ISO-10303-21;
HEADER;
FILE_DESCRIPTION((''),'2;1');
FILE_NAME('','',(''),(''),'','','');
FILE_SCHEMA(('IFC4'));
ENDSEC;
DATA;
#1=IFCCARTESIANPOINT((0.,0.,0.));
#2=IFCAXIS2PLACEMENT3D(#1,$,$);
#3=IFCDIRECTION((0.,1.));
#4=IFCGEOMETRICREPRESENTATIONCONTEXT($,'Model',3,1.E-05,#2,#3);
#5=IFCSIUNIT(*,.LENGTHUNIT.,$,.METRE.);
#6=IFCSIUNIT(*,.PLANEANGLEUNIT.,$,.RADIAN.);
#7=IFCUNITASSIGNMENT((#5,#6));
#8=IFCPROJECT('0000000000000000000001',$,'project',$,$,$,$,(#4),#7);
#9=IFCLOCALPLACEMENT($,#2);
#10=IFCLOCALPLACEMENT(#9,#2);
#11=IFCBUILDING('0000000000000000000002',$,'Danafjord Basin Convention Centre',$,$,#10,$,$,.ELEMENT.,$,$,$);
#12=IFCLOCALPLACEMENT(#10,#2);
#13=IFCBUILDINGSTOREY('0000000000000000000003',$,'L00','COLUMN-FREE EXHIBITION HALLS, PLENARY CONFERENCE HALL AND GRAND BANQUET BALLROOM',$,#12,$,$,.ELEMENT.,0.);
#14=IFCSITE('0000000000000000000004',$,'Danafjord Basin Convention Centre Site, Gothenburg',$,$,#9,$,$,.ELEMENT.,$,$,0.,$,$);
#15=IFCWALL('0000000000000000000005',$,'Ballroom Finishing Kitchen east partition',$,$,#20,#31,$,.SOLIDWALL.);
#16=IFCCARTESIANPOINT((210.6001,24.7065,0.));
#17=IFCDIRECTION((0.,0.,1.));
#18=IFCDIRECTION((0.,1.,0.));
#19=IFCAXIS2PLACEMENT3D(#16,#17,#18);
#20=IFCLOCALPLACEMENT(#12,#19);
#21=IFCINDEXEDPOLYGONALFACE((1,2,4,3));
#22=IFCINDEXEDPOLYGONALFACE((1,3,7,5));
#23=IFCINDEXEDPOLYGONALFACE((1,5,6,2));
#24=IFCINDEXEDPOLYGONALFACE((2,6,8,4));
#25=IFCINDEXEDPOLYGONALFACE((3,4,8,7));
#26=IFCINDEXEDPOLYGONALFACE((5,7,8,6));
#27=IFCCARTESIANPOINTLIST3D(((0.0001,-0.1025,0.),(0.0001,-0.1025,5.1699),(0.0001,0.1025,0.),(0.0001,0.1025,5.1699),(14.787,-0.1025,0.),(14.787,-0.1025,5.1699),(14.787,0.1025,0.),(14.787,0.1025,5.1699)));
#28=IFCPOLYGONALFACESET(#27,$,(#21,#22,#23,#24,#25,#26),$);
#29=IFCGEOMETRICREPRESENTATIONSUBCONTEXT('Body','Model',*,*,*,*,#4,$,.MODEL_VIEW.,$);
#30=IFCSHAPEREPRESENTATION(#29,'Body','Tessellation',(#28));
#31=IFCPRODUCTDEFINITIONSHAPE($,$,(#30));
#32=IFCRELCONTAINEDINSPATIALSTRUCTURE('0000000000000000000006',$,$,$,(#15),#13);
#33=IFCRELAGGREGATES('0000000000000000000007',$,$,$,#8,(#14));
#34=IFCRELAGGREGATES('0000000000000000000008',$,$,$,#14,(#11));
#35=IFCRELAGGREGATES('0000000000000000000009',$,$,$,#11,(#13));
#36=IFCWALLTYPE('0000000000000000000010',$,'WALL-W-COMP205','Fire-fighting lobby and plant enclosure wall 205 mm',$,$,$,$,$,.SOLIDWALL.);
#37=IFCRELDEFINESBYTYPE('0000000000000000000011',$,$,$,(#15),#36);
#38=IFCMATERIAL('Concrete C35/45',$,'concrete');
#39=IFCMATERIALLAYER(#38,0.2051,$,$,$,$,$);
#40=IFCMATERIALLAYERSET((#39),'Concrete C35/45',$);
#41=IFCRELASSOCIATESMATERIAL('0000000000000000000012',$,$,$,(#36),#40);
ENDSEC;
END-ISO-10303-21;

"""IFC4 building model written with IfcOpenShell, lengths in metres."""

from ifc_helpers import new_model, si_unit, direction, frame, frame_2d, origin, place, context, subcontext, project, spatial, rectangle, extrude, material, layer, layer_set, type_object, element, save


model = new_model("IFC4")

# Units and contexts
model_context = context("Model", 3, precision=1e-05, world=origin(), true_north=direction((0.0, 1.0)))
body_context = subcontext(model_context, "Body", "Model", "MODEL_VIEW")
ifc_project = project(units=[si_unit("LENGTHUNIT", "METRE"), si_unit("PLANEANGLEUNIT", "RADIAN")], contexts=[model_context])

# Site, building, storey
site_placement = place(None, origin())
site = spatial("IfcSite", under=ifc_project, at=site_placement, Name="Danafjord Basin Convention Centre Site, Gothenburg", CompositionType="ELEMENT", RefElevation=0.0)
building_placement = place(site_placement, origin())
building = spatial("IfcBuilding", under=site, at=building_placement, Name="Danafjord Basin Convention Centre", CompositionType="ELEMENT")
storey_placement = place(building_placement, origin())
storey = spatial("IfcBuildingStorey", under=building, at=storey_placement, Name="L00", Description="COLUMN-FREE EXHIBITION HALLS, PLENARY CONFERENCE HALL AND GRAND BANQUET BALLROOM", CompositionType="ELEMENT", Elevation=0.0)

# Shared definitions
ifc_material_1 = material(Name="Concrete C35/45", Category="concrete")

# Wall
ifc_layer_1 = layer(ifc_material_1, 0.2051)
ifc_layer_set_1 = layer_set([ifc_layer_1], Name="Concrete C35/45")
wall_type_1 = type_object("IfcWallType", Name="WALL-W-COMP205", Description="Fire-fighting lobby and plant enclosure wall 205 mm", PredefinedType="SOLIDWALL", material=ifc_layer_set_1)
wall_1_placement = place(storey_placement, frame((210.6001, 24.7065, 0.0), z_axis=(0.0, 0.0, 1.0), x_axis=(0.0, 1.0, 0.0)))
element("IfcWall", 1, at=wall_1_placement, inside=storey, type_object=wall_type_1, Name="Ballroom Finishing Kitchen east partition", PredefinedType="SOLIDWALL", context=body_context, shape_type="SweptSolid", body=[
    extrude(rectangle(XDim=14.7869, YDim=0.2051, at=frame_2d((7.3936, 0.0))), origin(), (0.0, 0.0, 1.0), 5.1699),
])

save(model, "model.ifc")
